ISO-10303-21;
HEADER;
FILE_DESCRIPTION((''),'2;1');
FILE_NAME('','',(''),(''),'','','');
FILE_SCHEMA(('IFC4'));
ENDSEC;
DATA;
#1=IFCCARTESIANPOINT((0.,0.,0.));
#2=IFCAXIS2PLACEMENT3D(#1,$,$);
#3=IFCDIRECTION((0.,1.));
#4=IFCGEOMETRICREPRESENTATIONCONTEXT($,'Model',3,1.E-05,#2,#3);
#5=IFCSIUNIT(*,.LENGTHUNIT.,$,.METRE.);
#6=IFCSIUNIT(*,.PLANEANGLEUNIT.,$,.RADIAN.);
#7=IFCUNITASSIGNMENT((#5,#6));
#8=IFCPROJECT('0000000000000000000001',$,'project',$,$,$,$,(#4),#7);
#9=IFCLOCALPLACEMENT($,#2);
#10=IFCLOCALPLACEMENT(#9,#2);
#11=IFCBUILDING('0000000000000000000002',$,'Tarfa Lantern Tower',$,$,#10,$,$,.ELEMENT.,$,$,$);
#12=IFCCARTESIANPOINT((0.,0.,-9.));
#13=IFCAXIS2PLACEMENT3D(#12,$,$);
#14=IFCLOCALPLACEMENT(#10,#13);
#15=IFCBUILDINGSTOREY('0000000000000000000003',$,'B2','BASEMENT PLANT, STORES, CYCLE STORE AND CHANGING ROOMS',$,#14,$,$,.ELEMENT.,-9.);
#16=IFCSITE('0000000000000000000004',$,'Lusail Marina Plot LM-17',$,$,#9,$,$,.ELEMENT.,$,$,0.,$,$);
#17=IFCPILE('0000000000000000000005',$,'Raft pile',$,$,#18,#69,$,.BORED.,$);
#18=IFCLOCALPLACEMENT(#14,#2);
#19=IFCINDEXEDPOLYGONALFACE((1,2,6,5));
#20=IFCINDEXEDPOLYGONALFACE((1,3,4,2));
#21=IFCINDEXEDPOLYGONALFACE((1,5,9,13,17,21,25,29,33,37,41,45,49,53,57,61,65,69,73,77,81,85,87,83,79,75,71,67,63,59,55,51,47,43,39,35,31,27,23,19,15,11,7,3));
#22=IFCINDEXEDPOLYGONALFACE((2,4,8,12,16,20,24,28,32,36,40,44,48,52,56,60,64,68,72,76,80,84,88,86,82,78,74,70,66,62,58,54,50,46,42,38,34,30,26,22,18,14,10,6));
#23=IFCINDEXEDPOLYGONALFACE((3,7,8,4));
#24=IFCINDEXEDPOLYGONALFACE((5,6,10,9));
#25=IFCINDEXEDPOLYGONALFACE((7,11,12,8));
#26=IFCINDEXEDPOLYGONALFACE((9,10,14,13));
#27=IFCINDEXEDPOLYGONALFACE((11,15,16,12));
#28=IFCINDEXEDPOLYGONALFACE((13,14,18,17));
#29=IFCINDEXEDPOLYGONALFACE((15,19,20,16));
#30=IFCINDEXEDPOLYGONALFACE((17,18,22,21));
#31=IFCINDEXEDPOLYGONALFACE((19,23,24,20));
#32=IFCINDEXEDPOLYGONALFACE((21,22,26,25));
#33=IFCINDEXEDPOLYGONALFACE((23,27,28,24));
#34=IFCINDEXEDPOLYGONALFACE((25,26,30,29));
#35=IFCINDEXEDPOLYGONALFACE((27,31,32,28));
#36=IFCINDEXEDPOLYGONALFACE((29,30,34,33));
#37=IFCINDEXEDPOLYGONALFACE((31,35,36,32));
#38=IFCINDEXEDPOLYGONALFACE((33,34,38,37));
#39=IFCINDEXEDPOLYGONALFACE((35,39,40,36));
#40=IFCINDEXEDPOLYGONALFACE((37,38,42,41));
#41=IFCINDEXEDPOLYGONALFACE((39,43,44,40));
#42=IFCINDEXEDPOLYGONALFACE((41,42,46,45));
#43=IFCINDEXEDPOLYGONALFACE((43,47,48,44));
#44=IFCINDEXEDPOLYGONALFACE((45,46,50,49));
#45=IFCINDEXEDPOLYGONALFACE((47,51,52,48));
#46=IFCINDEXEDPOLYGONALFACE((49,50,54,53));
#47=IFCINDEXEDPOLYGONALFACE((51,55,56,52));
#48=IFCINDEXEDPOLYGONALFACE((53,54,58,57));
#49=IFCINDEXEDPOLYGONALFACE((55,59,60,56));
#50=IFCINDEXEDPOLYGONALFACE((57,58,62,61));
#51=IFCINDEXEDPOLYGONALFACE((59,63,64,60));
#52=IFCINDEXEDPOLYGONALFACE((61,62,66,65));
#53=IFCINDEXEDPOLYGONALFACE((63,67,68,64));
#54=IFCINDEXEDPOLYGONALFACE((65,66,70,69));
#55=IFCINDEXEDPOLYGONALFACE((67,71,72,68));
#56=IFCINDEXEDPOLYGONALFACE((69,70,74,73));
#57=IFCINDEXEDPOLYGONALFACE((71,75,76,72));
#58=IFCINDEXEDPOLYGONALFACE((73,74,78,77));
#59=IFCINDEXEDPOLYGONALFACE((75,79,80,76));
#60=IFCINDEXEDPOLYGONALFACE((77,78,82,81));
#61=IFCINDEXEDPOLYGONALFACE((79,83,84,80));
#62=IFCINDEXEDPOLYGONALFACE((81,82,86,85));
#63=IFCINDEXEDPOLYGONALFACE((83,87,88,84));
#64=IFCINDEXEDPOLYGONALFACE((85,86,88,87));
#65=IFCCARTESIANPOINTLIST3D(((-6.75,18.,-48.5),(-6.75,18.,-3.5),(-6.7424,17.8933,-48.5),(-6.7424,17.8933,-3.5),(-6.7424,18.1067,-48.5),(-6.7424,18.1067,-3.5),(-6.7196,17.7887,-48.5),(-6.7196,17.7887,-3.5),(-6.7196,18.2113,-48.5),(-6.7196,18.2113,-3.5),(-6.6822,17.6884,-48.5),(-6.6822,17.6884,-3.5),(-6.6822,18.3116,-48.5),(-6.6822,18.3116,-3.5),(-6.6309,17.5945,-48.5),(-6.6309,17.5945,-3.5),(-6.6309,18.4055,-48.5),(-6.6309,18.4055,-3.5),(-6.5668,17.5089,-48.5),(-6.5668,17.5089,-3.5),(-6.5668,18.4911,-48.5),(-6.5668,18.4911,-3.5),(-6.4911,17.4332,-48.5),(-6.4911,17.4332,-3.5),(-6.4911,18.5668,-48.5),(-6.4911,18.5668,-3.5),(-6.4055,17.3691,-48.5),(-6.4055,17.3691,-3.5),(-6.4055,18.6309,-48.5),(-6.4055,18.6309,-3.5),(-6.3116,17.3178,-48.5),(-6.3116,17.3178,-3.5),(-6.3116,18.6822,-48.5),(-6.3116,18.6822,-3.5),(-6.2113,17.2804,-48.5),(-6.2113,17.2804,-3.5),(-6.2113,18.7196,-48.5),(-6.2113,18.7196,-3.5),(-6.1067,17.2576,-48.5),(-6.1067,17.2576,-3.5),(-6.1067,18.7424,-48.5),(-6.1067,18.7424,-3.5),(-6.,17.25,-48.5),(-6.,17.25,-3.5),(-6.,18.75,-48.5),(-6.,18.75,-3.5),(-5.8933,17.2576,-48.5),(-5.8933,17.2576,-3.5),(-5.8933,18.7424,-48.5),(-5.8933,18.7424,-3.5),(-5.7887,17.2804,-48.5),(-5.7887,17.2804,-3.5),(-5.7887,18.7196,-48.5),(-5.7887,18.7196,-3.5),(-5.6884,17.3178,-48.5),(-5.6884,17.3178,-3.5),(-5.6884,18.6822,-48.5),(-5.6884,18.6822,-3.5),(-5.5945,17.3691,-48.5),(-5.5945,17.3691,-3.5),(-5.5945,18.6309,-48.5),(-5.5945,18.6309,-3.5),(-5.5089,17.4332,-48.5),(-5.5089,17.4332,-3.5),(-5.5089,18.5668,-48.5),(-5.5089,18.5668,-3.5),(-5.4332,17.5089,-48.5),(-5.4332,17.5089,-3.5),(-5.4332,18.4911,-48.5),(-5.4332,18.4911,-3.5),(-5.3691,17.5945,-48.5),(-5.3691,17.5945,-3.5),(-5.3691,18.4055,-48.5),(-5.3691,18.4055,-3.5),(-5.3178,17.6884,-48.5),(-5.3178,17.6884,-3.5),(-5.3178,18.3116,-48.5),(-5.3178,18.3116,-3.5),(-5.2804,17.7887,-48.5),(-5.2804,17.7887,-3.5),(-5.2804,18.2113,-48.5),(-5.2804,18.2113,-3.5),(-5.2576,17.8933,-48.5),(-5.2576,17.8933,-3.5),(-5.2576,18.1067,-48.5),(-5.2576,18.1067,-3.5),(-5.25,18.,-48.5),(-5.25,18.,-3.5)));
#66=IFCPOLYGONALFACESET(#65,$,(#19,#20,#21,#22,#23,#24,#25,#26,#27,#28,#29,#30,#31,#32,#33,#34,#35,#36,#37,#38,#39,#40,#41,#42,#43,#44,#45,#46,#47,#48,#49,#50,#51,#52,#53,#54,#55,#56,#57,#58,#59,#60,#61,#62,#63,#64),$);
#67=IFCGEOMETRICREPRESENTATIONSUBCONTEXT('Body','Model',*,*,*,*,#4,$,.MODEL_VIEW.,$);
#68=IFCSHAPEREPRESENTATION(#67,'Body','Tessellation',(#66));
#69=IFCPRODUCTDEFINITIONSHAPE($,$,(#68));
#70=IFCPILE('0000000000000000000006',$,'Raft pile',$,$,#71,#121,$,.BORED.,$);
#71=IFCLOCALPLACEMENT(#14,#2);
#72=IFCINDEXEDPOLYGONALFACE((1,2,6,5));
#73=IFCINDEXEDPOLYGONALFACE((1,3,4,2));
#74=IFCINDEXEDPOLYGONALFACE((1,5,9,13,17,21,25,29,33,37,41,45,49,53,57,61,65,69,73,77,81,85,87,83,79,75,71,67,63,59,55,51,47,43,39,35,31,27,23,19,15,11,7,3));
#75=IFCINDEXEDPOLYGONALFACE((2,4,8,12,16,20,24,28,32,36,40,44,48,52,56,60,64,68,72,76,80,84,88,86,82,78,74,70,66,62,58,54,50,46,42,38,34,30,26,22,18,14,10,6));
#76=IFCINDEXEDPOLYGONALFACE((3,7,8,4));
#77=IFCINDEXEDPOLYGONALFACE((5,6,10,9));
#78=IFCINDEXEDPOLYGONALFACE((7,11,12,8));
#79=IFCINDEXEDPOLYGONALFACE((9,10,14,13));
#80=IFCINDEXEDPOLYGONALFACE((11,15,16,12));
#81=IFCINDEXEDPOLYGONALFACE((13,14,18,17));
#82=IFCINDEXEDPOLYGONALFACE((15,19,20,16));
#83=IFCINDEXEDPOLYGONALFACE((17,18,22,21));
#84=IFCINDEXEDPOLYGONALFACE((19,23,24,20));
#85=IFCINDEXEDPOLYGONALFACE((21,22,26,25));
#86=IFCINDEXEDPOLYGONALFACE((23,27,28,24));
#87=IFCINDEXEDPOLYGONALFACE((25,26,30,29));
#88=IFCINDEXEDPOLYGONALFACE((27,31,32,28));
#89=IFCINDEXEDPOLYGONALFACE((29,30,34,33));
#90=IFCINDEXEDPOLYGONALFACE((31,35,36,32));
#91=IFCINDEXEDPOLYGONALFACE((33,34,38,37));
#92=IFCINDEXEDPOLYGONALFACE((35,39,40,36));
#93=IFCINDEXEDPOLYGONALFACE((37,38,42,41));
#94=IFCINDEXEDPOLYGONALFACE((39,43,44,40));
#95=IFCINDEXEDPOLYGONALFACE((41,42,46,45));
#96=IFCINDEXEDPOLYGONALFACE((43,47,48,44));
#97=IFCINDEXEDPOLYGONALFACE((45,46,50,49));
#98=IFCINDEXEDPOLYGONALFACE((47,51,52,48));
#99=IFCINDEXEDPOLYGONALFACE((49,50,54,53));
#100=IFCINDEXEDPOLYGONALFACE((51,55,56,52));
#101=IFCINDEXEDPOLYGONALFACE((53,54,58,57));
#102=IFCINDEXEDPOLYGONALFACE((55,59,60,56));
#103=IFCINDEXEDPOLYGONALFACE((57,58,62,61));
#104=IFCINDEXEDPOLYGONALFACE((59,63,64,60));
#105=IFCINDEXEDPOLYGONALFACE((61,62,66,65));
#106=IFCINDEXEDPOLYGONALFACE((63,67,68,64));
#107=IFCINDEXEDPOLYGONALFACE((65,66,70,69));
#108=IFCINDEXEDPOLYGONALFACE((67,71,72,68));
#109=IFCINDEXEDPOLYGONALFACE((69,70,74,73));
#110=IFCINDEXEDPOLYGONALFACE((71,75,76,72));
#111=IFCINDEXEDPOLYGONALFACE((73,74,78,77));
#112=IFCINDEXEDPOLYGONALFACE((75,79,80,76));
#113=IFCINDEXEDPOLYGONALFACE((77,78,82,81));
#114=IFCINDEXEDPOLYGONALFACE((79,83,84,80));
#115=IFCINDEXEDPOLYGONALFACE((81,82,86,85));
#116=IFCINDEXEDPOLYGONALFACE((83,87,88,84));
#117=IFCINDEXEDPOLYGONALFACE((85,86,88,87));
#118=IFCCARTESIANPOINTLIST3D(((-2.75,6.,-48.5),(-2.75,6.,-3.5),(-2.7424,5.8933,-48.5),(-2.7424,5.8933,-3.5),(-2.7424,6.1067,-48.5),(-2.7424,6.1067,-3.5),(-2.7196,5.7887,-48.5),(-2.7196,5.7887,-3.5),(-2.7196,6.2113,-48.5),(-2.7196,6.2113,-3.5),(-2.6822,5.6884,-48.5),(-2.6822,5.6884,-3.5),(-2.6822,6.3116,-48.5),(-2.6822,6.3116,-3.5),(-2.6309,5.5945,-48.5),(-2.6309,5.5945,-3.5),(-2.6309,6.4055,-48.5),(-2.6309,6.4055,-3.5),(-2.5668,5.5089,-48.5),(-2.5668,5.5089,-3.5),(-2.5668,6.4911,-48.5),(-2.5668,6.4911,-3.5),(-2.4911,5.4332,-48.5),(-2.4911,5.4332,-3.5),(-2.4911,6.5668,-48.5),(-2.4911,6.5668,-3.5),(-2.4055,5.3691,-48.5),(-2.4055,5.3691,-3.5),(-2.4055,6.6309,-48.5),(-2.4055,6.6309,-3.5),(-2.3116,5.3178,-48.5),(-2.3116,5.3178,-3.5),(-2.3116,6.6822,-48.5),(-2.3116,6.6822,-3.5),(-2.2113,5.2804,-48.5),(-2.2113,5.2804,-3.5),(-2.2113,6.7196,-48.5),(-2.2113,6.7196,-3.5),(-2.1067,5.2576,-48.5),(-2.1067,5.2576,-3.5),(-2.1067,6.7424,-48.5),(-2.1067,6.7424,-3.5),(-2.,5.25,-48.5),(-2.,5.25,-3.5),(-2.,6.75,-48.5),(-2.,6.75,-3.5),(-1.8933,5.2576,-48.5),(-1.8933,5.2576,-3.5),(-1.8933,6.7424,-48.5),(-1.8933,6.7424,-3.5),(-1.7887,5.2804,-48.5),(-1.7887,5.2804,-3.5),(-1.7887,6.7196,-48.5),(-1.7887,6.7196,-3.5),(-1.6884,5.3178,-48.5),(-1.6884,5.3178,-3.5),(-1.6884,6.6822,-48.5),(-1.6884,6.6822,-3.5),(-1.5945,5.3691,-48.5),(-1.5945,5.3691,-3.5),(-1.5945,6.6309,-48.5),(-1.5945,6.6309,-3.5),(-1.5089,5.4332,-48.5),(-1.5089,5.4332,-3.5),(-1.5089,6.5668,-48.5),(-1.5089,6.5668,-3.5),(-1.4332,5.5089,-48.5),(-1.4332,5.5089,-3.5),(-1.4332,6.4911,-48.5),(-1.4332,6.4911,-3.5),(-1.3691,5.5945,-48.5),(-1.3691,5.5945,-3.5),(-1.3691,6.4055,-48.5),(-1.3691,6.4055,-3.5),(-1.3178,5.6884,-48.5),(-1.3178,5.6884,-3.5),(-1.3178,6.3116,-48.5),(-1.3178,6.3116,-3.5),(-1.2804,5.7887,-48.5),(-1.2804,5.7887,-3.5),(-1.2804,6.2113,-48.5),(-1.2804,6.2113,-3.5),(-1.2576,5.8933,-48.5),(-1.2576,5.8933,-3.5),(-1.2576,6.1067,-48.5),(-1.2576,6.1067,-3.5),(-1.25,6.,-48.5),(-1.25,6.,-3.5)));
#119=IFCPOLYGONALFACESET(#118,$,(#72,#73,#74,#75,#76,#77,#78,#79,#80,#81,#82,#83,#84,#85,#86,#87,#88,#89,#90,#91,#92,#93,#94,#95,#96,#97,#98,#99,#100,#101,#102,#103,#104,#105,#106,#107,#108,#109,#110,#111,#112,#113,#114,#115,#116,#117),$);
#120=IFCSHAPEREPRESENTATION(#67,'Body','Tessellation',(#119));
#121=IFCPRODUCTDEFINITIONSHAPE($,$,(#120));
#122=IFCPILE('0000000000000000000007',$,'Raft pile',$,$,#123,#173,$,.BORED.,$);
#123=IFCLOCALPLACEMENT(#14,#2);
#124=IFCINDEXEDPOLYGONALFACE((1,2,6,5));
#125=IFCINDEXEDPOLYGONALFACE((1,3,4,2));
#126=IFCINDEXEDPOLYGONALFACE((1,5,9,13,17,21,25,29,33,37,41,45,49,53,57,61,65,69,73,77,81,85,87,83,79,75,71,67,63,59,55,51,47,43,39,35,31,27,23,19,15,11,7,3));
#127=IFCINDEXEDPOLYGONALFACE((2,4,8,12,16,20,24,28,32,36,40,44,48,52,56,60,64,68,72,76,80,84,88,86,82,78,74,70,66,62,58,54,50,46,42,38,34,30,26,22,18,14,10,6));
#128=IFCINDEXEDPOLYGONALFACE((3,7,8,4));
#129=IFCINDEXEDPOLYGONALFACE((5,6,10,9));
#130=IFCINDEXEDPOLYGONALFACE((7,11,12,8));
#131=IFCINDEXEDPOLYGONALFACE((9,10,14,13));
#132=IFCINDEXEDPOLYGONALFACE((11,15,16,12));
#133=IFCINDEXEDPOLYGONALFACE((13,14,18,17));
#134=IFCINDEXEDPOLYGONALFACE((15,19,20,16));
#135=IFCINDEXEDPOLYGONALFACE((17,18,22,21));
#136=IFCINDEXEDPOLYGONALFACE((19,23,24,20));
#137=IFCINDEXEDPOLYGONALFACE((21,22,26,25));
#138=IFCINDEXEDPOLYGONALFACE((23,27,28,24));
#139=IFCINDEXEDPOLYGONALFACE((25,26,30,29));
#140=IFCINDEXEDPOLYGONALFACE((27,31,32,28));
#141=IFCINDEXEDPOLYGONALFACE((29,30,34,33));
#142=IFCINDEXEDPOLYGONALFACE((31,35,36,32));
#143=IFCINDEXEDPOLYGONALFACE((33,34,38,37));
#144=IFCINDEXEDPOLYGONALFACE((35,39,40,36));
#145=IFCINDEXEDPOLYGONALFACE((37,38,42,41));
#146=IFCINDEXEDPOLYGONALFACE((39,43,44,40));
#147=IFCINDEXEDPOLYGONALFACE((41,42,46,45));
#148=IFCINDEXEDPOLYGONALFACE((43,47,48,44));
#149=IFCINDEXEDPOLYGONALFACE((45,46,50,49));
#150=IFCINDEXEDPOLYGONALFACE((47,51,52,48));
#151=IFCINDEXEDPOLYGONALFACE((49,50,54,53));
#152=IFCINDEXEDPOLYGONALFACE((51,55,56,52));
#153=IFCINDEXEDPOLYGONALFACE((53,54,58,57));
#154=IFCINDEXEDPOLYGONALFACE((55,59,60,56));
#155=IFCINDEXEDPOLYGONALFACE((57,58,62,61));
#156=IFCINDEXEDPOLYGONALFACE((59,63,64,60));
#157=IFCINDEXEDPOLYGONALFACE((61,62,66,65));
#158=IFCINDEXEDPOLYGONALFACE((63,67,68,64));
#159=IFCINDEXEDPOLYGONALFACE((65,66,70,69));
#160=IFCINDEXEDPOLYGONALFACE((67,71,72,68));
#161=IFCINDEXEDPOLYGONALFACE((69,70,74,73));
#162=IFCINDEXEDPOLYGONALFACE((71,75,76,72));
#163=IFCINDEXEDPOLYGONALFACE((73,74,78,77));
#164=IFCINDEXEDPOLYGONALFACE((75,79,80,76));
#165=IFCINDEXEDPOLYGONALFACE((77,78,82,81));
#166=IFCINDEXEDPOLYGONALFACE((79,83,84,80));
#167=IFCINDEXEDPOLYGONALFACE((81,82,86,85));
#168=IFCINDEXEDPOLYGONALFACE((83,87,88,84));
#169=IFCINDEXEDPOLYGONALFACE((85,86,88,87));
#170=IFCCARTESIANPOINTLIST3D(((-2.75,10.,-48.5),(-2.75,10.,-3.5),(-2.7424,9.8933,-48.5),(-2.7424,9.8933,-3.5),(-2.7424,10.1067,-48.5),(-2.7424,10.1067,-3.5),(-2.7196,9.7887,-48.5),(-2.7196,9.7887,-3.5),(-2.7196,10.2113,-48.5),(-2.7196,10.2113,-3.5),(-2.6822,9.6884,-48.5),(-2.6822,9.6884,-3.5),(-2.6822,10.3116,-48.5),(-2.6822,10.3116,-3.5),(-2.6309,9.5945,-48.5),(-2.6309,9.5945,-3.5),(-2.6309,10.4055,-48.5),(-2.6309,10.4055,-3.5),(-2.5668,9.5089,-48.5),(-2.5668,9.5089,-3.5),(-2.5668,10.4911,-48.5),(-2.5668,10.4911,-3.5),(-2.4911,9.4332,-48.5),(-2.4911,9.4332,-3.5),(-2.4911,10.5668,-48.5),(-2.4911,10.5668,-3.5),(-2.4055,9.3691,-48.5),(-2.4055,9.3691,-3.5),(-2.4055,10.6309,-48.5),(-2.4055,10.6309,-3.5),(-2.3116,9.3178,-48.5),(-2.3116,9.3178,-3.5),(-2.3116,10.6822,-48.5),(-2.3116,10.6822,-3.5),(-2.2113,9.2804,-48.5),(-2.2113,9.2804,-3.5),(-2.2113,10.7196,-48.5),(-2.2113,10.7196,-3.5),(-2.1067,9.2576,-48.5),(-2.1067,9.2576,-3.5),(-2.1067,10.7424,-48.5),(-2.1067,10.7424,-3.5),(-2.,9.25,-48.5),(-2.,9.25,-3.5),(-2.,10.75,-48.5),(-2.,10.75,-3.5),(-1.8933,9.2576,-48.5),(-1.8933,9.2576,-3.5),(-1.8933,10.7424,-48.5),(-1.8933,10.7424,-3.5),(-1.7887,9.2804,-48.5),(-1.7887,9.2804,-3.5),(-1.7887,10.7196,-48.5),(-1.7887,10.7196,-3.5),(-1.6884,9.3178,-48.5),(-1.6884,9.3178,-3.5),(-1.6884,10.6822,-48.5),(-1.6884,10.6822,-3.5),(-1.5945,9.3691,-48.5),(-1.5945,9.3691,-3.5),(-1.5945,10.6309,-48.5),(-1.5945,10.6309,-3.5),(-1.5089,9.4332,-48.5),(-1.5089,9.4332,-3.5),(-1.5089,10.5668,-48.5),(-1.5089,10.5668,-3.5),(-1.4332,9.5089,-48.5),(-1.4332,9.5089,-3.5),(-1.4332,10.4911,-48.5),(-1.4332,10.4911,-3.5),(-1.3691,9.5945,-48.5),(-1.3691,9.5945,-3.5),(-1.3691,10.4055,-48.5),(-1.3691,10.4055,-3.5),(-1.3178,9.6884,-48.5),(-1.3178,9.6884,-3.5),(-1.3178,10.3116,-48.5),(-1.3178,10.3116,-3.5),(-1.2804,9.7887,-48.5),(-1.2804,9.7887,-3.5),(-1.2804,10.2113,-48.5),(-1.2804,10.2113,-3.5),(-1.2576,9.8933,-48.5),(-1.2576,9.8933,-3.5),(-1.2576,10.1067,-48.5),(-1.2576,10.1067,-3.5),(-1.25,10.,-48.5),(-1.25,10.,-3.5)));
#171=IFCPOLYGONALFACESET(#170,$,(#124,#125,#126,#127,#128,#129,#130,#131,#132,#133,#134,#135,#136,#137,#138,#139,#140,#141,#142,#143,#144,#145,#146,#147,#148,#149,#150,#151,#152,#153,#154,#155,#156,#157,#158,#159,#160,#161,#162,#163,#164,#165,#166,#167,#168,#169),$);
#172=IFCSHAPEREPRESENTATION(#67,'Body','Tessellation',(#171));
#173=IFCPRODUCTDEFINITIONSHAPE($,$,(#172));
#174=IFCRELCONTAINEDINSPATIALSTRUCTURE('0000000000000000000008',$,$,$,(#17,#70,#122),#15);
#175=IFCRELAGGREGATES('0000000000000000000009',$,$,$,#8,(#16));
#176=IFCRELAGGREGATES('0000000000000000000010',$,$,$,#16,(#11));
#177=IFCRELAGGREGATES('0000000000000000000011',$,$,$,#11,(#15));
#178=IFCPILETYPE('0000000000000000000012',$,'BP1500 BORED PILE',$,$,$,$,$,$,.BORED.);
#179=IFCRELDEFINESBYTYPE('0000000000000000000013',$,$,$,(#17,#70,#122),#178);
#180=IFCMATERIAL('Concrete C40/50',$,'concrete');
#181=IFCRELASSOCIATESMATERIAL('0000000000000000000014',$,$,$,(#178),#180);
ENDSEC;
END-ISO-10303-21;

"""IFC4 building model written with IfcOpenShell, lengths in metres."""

from ifc_helpers import new_model, si_unit, direction, frame, origin, origin_2d, place, context, subcontext, project, spatial, circle, extrude, material, material_profile, profile_set, type_object, element, save


model = new_model("IFC4")

# Units and contexts
model_context = context("Model", 3, precision=1e-05, world=origin(), true_north=direction((0.0, 1.0)))
body_context = subcontext(model_context, "Body", "Model", "MODEL_VIEW")
ifc_project = project(units=[si_unit("LENGTHUNIT", "METRE"), si_unit("PLANEANGLEUNIT", "RADIAN")], contexts=[model_context])

# Site, building, storey
site_placement = place(None, origin())
site = spatial("IfcSite", under=ifc_project, at=site_placement, Name="Lusail Marina Plot LM-17", CompositionType="ELEMENT", RefElevation=0.0)
building_placement = place(site_placement, origin())
building = spatial("IfcBuilding", under=site, at=building_placement, Name="Tarfa Lantern Tower", CompositionType="ELEMENT")
storey_placement = place(building_placement, frame((0.0, 0.0, -9.0)))
storey = spatial("IfcBuildingStorey", under=building, at=storey_placement, Name="B2", Description="BASEMENT PLANT, STORES, CYCLE STORE AND CHANGING ROOMS", CompositionType="ELEMENT", Elevation=-9.0)

# Piles
ifc_material_1 = material(Name="Concrete C40/50", Category="concrete")
ifc_material_profile = material_profile(ifc_material_1, circle(Radius=0.75, at=origin_2d()), Name="BORED PILE D1500")
ifc_profile_set = profile_set([ifc_material_profile], Name="Concrete C40/50")
pile_type = type_object("IfcPileType", Name="BP1500 BORED PILE", PredefinedType="BORED", material=ifc_profile_set)
for number, where, z_axis, x_axis, name in (
    (1, (-6.0, 18.0, -3.5), (0.0, 0.0, -1.0), (1.0, 0.0, 0.0), "Raft pile"),
    (2, (-2.0, 6.0, -3.5), (0.0, 0.0, -1.0), (1.0, 0.0, 0.0), "Raft pile"),
    (3, (-2.0, 10.0, -3.5), (0.0, 0.0, -1.0), (1.0, 0.0, 0.0), "Raft pile"),
):
    element("IfcPile", number, at=place(storey_placement, frame(where, z_axis=z_axis, x_axis=x_axis)), inside=storey, type_object=pile_type, Name=name, PredefinedType="BORED", context=body_context, shape_type="SweptSolid", body=[
        extrude(circle(Radius=0.75, at=origin_2d()), origin(), (0.0, 0.0, 1.0), 45.0),
    ])

save(model, "model.ifc")
